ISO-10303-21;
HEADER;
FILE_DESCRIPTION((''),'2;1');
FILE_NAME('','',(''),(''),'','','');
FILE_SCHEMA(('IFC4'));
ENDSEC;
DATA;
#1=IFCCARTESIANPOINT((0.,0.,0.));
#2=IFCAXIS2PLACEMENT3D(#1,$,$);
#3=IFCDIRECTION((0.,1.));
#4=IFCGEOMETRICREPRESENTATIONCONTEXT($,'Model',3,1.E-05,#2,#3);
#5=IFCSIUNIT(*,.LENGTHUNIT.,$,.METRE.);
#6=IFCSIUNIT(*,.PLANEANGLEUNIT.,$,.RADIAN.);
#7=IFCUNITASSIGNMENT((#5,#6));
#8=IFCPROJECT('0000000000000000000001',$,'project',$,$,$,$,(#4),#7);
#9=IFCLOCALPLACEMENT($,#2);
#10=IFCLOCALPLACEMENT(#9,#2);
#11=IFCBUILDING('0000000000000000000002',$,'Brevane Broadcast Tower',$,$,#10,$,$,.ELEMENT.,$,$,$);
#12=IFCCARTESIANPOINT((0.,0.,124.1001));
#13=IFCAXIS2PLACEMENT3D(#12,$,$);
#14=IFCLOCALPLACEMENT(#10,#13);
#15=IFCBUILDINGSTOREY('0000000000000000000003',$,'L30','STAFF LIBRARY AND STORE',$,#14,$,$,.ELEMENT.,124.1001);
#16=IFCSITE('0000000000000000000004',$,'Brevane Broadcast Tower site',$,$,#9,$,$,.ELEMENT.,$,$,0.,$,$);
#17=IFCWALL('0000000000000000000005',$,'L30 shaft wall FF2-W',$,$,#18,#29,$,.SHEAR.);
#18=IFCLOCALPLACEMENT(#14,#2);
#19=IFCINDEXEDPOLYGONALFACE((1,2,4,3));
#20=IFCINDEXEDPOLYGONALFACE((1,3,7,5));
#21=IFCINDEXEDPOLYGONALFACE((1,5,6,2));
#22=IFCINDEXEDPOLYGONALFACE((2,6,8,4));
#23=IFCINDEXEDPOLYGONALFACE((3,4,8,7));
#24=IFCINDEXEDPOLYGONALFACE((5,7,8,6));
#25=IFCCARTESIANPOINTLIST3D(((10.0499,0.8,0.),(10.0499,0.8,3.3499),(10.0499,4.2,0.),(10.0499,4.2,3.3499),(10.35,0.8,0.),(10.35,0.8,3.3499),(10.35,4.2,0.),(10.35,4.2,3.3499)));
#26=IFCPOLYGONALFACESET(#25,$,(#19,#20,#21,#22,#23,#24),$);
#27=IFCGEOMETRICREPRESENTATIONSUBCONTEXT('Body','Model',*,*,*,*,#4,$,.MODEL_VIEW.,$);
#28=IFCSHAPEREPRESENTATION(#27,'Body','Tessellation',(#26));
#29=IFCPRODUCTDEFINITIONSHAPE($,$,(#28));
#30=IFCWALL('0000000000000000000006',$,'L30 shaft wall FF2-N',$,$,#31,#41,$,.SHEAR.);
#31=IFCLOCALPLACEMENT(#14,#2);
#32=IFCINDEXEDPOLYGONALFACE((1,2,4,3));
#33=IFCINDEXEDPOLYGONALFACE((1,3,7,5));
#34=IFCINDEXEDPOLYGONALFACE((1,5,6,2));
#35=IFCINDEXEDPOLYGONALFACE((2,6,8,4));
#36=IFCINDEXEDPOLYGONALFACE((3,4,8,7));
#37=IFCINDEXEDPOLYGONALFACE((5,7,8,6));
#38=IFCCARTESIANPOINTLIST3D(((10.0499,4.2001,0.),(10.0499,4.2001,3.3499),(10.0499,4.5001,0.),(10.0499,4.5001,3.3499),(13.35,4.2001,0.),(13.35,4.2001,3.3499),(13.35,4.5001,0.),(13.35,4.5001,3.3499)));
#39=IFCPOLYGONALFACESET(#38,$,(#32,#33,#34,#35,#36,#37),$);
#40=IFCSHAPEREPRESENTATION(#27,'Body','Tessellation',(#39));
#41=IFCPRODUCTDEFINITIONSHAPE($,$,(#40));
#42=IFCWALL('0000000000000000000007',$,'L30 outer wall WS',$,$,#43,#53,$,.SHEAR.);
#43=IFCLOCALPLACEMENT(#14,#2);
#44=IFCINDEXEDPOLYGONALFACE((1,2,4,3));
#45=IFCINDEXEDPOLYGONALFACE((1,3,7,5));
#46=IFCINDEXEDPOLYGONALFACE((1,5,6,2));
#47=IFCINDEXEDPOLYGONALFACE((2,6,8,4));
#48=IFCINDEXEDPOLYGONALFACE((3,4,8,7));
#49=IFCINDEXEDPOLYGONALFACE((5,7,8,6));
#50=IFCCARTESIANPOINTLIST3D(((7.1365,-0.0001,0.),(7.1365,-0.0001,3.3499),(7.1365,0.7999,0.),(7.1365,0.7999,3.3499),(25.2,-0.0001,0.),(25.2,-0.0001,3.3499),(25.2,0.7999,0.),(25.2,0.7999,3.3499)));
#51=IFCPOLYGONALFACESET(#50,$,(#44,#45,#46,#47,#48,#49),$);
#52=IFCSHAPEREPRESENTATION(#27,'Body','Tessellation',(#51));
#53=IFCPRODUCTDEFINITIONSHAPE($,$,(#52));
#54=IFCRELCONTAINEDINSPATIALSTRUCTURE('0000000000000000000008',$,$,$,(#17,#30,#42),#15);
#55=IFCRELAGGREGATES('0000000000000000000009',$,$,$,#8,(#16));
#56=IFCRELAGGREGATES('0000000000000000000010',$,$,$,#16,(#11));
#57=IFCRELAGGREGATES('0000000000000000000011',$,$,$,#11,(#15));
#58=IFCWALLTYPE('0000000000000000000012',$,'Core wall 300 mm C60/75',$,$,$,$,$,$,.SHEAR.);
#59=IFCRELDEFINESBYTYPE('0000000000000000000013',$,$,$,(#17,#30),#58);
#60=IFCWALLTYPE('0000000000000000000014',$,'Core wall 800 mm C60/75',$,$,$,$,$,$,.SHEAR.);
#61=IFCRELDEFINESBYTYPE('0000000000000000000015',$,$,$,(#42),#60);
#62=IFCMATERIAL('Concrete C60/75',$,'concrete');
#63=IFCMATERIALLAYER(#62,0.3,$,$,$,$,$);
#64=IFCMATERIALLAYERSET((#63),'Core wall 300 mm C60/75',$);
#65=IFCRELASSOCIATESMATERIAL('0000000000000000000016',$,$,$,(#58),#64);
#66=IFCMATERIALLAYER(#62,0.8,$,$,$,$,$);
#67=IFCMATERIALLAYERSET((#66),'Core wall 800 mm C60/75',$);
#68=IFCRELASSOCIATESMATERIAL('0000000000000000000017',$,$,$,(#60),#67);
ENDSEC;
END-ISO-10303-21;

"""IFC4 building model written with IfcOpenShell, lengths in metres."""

from ifc_helpers import new_model, si_unit, direction, frame, frame_2d, origin, place, context, subcontext, project, spatial, rectangle, extrude, material, layer, layer_set, type_object, element, save


model = new_model("IFC4")

# Units and contexts
model_context = context("Model", 3, precision=1e-05, world=origin(), true_north=direction((0.0, 1.0)))
body_context = subcontext(model_context, "Body", "Model", "MODEL_VIEW")
ifc_project = project(units=[si_unit("LENGTHUNIT", "METRE"), si_unit("PLANEANGLEUNIT", "RADIAN")], contexts=[model_context])

# Site, building, storey
site_placement = place(None, origin())
site = spatial("IfcSite", under=ifc_project, at=site_placement, Name="Brevane Broadcast Tower site", CompositionType="ELEMENT", RefElevation=0.0)
building_placement = place(site_placement, origin())
building = spatial("IfcBuilding", under=site, at=building_placement, Name="Brevane Broadcast Tower", CompositionType="ELEMENT")
storey_placement = place(building_placement, frame((0.0, 0.0, 124.1001)))
storey = spatial("IfcBuildingStorey", under=building, at=storey_placement, Name="L30", Description="STAFF LIBRARY AND STORE", CompositionType="ELEMENT", Elevation=124.1001)

# Walls
ifc_material_1 = material(Name="Concrete C60/75", Category="concrete")
ifc_layer_1 = layer(ifc_material_1, 0.3)
ifc_layer_set_1 = layer_set([ifc_layer_1], Name="Core wall 300 mm C60/75")
wall_type_1 = type_object("IfcWallType", Name="Core wall 300 mm C60/75", PredefinedType="SHEAR", material=ifc_layer_set_1)
wall_1_placement = place(storey_placement, frame((10.2, 0.8, 0.0), z_axis=(0.0, 0.0, 1.0), x_axis=(0.0, 1.0, 0.0)))
element("IfcWall", 1, at=wall_1_placement, inside=storey, type_object=wall_type_1, Name="L30 shaft wall FF2-W", PredefinedType="SHEAR", context=body_context, shape_type="SweptSolid", body=[
    extrude(rectangle(XDim=3.3999, YDim=0.3, at=frame_2d((1.7, 0.0))), origin(), (0.0, 0.0, 1.0), 3.3499),
])
wall_2_placement = place(storey_placement, frame((10.05, 4.3501, 0.0), z_axis=(0.0, 0.0, 1.0), x_axis=(1.0, 0.0, 0.0)))
element("IfcWall", 2, at=wall_2_placement, inside=storey, type_object=wall_type_1, Name="L30 shaft wall FF2-N", PredefinedType="SHEAR", context=body_context, shape_type="SweptSolid", body=[
    extrude(rectangle(XDim=3.3, YDim=0.3, at=frame_2d((1.6499, 0.0))), origin(), (0.0, 0.0, 1.0), 3.3499),
])
ifc_layer_2 = layer(ifc_material_1, 0.8)
ifc_layer_set_2 = layer_set([ifc_layer_2], Name="Core wall 800 mm C60/75")
wall_type_2 = type_object("IfcWallType", Name="Core wall 800 mm C60/75", PredefinedType="SHEAR", material=ifc_layer_set_2)
wall_3_placement = place(storey_placement, frame((7.1365, 0.3999, 0.0), z_axis=(0.0, 0.0, 1.0), x_axis=(1.0, 0.0, 0.0)))
element("IfcWall", 3, at=wall_3_placement, inside=storey, type_object=wall_type_2, Name="L30 outer wall WS", PredefinedType="SHEAR", context=body_context, shape_type="SweptSolid", body=[
    extrude(rectangle(XDim=18.0635, YDim=0.8, at=frame_2d((9.0317, 0.0))), origin(), (0.0, 0.0, 1.0), 3.3499),
])

save(model, "model.ifc")
